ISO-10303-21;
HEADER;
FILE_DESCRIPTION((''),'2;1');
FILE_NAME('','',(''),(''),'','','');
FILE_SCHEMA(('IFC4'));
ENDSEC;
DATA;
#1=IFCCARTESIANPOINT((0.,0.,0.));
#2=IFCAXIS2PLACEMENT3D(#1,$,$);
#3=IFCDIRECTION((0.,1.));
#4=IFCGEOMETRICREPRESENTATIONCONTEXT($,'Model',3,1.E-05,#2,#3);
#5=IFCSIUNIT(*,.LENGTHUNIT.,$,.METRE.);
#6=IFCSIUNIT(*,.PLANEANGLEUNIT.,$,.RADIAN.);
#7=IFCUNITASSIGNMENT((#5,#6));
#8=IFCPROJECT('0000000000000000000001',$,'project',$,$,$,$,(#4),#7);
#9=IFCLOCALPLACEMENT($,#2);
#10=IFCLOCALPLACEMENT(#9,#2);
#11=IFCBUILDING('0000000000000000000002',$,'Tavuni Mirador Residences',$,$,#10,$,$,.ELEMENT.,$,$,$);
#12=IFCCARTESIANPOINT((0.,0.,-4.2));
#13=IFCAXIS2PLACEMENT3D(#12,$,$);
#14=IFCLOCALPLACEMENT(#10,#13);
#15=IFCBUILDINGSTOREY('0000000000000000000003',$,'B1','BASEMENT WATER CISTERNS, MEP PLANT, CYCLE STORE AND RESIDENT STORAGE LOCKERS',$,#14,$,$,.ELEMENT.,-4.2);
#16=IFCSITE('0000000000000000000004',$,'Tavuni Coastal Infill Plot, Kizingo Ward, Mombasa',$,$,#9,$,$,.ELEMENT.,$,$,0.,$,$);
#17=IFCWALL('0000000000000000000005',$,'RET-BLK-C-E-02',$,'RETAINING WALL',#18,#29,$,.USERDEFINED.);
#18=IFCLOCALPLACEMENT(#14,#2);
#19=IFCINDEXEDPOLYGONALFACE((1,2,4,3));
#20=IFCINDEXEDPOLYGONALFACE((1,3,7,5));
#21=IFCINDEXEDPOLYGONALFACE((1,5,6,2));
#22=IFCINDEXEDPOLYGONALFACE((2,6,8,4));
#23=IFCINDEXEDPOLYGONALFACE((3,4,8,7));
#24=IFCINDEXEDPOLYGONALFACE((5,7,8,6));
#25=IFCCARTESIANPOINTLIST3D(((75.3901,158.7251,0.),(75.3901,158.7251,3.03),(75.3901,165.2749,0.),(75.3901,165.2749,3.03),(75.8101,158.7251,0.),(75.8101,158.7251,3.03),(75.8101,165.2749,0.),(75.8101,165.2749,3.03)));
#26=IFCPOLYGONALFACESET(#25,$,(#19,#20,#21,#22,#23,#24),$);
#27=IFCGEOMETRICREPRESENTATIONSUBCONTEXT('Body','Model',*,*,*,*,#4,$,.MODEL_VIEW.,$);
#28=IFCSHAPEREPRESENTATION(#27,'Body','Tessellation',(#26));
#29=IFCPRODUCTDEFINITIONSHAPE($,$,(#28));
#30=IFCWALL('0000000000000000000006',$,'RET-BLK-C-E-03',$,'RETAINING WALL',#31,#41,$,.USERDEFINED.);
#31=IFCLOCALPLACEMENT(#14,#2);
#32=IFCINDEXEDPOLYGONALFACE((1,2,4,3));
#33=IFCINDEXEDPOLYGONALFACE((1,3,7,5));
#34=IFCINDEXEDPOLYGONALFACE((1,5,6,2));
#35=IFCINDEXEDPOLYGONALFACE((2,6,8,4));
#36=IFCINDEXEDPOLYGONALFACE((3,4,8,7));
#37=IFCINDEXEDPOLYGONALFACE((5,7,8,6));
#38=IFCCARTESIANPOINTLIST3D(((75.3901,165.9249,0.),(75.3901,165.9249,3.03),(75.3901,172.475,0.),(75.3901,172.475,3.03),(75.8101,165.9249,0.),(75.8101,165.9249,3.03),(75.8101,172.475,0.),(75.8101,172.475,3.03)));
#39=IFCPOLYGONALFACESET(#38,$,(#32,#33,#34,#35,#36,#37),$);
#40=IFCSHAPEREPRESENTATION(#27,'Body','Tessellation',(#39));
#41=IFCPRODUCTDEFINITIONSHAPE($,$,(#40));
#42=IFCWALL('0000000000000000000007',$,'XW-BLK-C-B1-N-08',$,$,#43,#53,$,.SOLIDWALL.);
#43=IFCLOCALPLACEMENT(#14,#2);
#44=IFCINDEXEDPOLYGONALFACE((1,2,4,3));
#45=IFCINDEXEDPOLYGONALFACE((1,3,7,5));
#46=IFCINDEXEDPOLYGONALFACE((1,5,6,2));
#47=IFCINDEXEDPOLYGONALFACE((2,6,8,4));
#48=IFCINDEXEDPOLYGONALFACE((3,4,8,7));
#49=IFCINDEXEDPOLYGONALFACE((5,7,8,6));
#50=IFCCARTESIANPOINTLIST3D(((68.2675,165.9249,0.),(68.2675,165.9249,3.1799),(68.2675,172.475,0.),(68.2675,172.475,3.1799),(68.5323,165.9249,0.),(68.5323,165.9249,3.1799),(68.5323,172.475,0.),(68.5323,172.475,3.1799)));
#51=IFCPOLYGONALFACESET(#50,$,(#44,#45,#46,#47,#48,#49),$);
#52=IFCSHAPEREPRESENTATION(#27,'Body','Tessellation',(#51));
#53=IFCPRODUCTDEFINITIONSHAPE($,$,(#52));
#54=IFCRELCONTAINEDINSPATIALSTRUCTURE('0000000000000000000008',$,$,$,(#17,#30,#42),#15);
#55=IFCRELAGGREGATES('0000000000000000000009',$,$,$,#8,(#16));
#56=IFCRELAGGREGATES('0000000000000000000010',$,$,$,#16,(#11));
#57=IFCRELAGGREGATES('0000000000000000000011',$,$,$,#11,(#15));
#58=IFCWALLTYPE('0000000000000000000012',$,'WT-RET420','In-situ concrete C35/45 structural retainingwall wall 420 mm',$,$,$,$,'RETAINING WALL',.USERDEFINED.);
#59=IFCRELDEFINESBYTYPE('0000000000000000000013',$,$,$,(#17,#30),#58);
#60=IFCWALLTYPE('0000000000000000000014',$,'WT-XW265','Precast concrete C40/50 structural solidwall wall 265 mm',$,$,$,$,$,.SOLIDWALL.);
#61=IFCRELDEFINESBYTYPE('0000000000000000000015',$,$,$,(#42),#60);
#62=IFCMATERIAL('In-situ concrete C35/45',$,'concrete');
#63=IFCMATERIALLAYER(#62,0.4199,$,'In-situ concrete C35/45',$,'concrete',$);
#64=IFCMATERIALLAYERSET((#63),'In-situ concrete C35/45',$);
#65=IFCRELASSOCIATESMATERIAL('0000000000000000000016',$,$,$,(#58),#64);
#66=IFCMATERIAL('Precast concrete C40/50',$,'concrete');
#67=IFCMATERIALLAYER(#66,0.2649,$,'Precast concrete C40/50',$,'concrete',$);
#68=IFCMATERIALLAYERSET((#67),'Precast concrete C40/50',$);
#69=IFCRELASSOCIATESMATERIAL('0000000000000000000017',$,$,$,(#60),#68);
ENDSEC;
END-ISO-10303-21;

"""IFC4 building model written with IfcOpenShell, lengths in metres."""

from ifc_helpers import new_model, si_unit, direction, frame, frame_2d, origin, place, context, subcontext, project, spatial, rectangle, extrude, material, layer, layer_set, type_object, element, save


model = new_model("IFC4")

# Units and contexts
model_context = context("Model", 3, precision=1e-05, world=origin(), true_north=direction((0.0, 1.0)))
body_context = subcontext(model_context, "Body", "Model", "MODEL_VIEW")
ifc_project = project(units=[si_unit("LENGTHUNIT", "METRE"), si_unit("PLANEANGLEUNIT", "RADIAN")], contexts=[model_context])

# Site, building, storey
site_placement = place(None, origin())
site = spatial("IfcSite", under=ifc_project, at=site_placement, Name="Tavuni Coastal Infill Plot, Kizingo Ward, Mombasa", CompositionType="ELEMENT", RefElevation=0.0)
building_placement = place(site_placement, origin())
building = spatial("IfcBuilding", under=site, at=building_placement, Name="Tavuni Mirador Residences", CompositionType="ELEMENT")
storey_placement = place(building_placement, frame((0.0, 0.0, -4.2)))
storey = spatial("IfcBuildingStorey", under=building, at=storey_placement, Name="B1", Description="BASEMENT WATER CISTERNS, MEP PLANT, CYCLE STORE AND RESIDENT STORAGE LOCKERS", CompositionType="ELEMENT", Elevation=-4.2)

# Shared definitions
ifc_material_1 = material(Name="In-situ concrete C35/45", Category="concrete")

# Shared definitions
ifc_material_2 = material(Name="Precast concrete C40/50", Category="concrete")

# Walls
ifc_layer_1 = layer(ifc_material_1, 0.4199, Name="In-situ concrete C35/45", Category="concrete")
ifc_layer_set_1 = layer_set([ifc_layer_1], Name="In-situ concrete C35/45")
wall_type_1 = type_object("IfcWallType", Name="WT-RET420", Description="In-situ concrete C35/45 structural retainingwall wall 420 mm", ElementType="RETAINING WALL", PredefinedType="USERDEFINED", material=ifc_layer_set_1)
for number, where, z_axis, x_axis, name in (
    (1, (75.6001, 158.7251, 0.0), (0.0, 0.0, 1.0), (0.0, 1.0, 0.0), "RET-BLK-C-E-02"),
):
    element("IfcWall", number, at=place(storey_placement, frame(where, z_axis=z_axis, x_axis=x_axis)), inside=storey, type_object=wall_type_1, Name=name, ObjectType="RETAINING WALL", PredefinedType="USERDEFINED", context=body_context, shape_type="SweptSolid", body=[
        extrude(rectangle(XDim=6.5498, YDim=0.4199, at=frame_2d((3.2749, 0.0))), origin(), (0.0, 0.0, 1.0), 3.03),
    ])
wall_1_placement = place(storey_placement, frame((75.6001, 165.925, 0.0), z_axis=(0.0, 0.0, 1.0), x_axis=(0.0, 1.0, 0.0)))
element("IfcWall", 2, at=wall_1_placement, inside=storey, type_object=wall_type_1, Name="RET-BLK-C-E-03", ObjectType="RETAINING WALL", PredefinedType="USERDEFINED", context=body_context, shape_type="SweptSolid", body=[
    extrude(rectangle(XDim=6.55, YDim=0.4199, at=frame_2d((3.2749, 0.0))), origin(), (0.0, 0.0, 1.0), 3.03),
])
ifc_layer_2 = layer(ifc_material_2, 0.2649, Name="Precast concrete C40/50", Category="concrete")
ifc_layer_set_2 = layer_set([ifc_layer_2], Name="Precast concrete C40/50")
wall_type_2 = type_object("IfcWallType", Name="WT-XW265", Description="Precast concrete C40/50 structural solidwall wall 265 mm", PredefinedType="SOLIDWALL", material=ifc_layer_set_2)
wall_2_placement = place(storey_placement, frame((68.3999, 165.925, 0.0), z_axis=(0.0, 0.0, 1.0), x_axis=(0.0, 1.0, 0.0)))
element("IfcWall", 3, at=wall_2_placement, inside=storey, type_object=wall_type_2, Name="XW-BLK-C-B1-N-08", PredefinedType="SOLIDWALL", context=body_context, shape_type="SweptSolid", body=[
    extrude(rectangle(XDim=6.55, YDim=0.2649, at=frame_2d((3.2749, 0.0))), origin(), (0.0, 0.0, 1.0), 3.1799),
])

save(model, "model.ifc")
